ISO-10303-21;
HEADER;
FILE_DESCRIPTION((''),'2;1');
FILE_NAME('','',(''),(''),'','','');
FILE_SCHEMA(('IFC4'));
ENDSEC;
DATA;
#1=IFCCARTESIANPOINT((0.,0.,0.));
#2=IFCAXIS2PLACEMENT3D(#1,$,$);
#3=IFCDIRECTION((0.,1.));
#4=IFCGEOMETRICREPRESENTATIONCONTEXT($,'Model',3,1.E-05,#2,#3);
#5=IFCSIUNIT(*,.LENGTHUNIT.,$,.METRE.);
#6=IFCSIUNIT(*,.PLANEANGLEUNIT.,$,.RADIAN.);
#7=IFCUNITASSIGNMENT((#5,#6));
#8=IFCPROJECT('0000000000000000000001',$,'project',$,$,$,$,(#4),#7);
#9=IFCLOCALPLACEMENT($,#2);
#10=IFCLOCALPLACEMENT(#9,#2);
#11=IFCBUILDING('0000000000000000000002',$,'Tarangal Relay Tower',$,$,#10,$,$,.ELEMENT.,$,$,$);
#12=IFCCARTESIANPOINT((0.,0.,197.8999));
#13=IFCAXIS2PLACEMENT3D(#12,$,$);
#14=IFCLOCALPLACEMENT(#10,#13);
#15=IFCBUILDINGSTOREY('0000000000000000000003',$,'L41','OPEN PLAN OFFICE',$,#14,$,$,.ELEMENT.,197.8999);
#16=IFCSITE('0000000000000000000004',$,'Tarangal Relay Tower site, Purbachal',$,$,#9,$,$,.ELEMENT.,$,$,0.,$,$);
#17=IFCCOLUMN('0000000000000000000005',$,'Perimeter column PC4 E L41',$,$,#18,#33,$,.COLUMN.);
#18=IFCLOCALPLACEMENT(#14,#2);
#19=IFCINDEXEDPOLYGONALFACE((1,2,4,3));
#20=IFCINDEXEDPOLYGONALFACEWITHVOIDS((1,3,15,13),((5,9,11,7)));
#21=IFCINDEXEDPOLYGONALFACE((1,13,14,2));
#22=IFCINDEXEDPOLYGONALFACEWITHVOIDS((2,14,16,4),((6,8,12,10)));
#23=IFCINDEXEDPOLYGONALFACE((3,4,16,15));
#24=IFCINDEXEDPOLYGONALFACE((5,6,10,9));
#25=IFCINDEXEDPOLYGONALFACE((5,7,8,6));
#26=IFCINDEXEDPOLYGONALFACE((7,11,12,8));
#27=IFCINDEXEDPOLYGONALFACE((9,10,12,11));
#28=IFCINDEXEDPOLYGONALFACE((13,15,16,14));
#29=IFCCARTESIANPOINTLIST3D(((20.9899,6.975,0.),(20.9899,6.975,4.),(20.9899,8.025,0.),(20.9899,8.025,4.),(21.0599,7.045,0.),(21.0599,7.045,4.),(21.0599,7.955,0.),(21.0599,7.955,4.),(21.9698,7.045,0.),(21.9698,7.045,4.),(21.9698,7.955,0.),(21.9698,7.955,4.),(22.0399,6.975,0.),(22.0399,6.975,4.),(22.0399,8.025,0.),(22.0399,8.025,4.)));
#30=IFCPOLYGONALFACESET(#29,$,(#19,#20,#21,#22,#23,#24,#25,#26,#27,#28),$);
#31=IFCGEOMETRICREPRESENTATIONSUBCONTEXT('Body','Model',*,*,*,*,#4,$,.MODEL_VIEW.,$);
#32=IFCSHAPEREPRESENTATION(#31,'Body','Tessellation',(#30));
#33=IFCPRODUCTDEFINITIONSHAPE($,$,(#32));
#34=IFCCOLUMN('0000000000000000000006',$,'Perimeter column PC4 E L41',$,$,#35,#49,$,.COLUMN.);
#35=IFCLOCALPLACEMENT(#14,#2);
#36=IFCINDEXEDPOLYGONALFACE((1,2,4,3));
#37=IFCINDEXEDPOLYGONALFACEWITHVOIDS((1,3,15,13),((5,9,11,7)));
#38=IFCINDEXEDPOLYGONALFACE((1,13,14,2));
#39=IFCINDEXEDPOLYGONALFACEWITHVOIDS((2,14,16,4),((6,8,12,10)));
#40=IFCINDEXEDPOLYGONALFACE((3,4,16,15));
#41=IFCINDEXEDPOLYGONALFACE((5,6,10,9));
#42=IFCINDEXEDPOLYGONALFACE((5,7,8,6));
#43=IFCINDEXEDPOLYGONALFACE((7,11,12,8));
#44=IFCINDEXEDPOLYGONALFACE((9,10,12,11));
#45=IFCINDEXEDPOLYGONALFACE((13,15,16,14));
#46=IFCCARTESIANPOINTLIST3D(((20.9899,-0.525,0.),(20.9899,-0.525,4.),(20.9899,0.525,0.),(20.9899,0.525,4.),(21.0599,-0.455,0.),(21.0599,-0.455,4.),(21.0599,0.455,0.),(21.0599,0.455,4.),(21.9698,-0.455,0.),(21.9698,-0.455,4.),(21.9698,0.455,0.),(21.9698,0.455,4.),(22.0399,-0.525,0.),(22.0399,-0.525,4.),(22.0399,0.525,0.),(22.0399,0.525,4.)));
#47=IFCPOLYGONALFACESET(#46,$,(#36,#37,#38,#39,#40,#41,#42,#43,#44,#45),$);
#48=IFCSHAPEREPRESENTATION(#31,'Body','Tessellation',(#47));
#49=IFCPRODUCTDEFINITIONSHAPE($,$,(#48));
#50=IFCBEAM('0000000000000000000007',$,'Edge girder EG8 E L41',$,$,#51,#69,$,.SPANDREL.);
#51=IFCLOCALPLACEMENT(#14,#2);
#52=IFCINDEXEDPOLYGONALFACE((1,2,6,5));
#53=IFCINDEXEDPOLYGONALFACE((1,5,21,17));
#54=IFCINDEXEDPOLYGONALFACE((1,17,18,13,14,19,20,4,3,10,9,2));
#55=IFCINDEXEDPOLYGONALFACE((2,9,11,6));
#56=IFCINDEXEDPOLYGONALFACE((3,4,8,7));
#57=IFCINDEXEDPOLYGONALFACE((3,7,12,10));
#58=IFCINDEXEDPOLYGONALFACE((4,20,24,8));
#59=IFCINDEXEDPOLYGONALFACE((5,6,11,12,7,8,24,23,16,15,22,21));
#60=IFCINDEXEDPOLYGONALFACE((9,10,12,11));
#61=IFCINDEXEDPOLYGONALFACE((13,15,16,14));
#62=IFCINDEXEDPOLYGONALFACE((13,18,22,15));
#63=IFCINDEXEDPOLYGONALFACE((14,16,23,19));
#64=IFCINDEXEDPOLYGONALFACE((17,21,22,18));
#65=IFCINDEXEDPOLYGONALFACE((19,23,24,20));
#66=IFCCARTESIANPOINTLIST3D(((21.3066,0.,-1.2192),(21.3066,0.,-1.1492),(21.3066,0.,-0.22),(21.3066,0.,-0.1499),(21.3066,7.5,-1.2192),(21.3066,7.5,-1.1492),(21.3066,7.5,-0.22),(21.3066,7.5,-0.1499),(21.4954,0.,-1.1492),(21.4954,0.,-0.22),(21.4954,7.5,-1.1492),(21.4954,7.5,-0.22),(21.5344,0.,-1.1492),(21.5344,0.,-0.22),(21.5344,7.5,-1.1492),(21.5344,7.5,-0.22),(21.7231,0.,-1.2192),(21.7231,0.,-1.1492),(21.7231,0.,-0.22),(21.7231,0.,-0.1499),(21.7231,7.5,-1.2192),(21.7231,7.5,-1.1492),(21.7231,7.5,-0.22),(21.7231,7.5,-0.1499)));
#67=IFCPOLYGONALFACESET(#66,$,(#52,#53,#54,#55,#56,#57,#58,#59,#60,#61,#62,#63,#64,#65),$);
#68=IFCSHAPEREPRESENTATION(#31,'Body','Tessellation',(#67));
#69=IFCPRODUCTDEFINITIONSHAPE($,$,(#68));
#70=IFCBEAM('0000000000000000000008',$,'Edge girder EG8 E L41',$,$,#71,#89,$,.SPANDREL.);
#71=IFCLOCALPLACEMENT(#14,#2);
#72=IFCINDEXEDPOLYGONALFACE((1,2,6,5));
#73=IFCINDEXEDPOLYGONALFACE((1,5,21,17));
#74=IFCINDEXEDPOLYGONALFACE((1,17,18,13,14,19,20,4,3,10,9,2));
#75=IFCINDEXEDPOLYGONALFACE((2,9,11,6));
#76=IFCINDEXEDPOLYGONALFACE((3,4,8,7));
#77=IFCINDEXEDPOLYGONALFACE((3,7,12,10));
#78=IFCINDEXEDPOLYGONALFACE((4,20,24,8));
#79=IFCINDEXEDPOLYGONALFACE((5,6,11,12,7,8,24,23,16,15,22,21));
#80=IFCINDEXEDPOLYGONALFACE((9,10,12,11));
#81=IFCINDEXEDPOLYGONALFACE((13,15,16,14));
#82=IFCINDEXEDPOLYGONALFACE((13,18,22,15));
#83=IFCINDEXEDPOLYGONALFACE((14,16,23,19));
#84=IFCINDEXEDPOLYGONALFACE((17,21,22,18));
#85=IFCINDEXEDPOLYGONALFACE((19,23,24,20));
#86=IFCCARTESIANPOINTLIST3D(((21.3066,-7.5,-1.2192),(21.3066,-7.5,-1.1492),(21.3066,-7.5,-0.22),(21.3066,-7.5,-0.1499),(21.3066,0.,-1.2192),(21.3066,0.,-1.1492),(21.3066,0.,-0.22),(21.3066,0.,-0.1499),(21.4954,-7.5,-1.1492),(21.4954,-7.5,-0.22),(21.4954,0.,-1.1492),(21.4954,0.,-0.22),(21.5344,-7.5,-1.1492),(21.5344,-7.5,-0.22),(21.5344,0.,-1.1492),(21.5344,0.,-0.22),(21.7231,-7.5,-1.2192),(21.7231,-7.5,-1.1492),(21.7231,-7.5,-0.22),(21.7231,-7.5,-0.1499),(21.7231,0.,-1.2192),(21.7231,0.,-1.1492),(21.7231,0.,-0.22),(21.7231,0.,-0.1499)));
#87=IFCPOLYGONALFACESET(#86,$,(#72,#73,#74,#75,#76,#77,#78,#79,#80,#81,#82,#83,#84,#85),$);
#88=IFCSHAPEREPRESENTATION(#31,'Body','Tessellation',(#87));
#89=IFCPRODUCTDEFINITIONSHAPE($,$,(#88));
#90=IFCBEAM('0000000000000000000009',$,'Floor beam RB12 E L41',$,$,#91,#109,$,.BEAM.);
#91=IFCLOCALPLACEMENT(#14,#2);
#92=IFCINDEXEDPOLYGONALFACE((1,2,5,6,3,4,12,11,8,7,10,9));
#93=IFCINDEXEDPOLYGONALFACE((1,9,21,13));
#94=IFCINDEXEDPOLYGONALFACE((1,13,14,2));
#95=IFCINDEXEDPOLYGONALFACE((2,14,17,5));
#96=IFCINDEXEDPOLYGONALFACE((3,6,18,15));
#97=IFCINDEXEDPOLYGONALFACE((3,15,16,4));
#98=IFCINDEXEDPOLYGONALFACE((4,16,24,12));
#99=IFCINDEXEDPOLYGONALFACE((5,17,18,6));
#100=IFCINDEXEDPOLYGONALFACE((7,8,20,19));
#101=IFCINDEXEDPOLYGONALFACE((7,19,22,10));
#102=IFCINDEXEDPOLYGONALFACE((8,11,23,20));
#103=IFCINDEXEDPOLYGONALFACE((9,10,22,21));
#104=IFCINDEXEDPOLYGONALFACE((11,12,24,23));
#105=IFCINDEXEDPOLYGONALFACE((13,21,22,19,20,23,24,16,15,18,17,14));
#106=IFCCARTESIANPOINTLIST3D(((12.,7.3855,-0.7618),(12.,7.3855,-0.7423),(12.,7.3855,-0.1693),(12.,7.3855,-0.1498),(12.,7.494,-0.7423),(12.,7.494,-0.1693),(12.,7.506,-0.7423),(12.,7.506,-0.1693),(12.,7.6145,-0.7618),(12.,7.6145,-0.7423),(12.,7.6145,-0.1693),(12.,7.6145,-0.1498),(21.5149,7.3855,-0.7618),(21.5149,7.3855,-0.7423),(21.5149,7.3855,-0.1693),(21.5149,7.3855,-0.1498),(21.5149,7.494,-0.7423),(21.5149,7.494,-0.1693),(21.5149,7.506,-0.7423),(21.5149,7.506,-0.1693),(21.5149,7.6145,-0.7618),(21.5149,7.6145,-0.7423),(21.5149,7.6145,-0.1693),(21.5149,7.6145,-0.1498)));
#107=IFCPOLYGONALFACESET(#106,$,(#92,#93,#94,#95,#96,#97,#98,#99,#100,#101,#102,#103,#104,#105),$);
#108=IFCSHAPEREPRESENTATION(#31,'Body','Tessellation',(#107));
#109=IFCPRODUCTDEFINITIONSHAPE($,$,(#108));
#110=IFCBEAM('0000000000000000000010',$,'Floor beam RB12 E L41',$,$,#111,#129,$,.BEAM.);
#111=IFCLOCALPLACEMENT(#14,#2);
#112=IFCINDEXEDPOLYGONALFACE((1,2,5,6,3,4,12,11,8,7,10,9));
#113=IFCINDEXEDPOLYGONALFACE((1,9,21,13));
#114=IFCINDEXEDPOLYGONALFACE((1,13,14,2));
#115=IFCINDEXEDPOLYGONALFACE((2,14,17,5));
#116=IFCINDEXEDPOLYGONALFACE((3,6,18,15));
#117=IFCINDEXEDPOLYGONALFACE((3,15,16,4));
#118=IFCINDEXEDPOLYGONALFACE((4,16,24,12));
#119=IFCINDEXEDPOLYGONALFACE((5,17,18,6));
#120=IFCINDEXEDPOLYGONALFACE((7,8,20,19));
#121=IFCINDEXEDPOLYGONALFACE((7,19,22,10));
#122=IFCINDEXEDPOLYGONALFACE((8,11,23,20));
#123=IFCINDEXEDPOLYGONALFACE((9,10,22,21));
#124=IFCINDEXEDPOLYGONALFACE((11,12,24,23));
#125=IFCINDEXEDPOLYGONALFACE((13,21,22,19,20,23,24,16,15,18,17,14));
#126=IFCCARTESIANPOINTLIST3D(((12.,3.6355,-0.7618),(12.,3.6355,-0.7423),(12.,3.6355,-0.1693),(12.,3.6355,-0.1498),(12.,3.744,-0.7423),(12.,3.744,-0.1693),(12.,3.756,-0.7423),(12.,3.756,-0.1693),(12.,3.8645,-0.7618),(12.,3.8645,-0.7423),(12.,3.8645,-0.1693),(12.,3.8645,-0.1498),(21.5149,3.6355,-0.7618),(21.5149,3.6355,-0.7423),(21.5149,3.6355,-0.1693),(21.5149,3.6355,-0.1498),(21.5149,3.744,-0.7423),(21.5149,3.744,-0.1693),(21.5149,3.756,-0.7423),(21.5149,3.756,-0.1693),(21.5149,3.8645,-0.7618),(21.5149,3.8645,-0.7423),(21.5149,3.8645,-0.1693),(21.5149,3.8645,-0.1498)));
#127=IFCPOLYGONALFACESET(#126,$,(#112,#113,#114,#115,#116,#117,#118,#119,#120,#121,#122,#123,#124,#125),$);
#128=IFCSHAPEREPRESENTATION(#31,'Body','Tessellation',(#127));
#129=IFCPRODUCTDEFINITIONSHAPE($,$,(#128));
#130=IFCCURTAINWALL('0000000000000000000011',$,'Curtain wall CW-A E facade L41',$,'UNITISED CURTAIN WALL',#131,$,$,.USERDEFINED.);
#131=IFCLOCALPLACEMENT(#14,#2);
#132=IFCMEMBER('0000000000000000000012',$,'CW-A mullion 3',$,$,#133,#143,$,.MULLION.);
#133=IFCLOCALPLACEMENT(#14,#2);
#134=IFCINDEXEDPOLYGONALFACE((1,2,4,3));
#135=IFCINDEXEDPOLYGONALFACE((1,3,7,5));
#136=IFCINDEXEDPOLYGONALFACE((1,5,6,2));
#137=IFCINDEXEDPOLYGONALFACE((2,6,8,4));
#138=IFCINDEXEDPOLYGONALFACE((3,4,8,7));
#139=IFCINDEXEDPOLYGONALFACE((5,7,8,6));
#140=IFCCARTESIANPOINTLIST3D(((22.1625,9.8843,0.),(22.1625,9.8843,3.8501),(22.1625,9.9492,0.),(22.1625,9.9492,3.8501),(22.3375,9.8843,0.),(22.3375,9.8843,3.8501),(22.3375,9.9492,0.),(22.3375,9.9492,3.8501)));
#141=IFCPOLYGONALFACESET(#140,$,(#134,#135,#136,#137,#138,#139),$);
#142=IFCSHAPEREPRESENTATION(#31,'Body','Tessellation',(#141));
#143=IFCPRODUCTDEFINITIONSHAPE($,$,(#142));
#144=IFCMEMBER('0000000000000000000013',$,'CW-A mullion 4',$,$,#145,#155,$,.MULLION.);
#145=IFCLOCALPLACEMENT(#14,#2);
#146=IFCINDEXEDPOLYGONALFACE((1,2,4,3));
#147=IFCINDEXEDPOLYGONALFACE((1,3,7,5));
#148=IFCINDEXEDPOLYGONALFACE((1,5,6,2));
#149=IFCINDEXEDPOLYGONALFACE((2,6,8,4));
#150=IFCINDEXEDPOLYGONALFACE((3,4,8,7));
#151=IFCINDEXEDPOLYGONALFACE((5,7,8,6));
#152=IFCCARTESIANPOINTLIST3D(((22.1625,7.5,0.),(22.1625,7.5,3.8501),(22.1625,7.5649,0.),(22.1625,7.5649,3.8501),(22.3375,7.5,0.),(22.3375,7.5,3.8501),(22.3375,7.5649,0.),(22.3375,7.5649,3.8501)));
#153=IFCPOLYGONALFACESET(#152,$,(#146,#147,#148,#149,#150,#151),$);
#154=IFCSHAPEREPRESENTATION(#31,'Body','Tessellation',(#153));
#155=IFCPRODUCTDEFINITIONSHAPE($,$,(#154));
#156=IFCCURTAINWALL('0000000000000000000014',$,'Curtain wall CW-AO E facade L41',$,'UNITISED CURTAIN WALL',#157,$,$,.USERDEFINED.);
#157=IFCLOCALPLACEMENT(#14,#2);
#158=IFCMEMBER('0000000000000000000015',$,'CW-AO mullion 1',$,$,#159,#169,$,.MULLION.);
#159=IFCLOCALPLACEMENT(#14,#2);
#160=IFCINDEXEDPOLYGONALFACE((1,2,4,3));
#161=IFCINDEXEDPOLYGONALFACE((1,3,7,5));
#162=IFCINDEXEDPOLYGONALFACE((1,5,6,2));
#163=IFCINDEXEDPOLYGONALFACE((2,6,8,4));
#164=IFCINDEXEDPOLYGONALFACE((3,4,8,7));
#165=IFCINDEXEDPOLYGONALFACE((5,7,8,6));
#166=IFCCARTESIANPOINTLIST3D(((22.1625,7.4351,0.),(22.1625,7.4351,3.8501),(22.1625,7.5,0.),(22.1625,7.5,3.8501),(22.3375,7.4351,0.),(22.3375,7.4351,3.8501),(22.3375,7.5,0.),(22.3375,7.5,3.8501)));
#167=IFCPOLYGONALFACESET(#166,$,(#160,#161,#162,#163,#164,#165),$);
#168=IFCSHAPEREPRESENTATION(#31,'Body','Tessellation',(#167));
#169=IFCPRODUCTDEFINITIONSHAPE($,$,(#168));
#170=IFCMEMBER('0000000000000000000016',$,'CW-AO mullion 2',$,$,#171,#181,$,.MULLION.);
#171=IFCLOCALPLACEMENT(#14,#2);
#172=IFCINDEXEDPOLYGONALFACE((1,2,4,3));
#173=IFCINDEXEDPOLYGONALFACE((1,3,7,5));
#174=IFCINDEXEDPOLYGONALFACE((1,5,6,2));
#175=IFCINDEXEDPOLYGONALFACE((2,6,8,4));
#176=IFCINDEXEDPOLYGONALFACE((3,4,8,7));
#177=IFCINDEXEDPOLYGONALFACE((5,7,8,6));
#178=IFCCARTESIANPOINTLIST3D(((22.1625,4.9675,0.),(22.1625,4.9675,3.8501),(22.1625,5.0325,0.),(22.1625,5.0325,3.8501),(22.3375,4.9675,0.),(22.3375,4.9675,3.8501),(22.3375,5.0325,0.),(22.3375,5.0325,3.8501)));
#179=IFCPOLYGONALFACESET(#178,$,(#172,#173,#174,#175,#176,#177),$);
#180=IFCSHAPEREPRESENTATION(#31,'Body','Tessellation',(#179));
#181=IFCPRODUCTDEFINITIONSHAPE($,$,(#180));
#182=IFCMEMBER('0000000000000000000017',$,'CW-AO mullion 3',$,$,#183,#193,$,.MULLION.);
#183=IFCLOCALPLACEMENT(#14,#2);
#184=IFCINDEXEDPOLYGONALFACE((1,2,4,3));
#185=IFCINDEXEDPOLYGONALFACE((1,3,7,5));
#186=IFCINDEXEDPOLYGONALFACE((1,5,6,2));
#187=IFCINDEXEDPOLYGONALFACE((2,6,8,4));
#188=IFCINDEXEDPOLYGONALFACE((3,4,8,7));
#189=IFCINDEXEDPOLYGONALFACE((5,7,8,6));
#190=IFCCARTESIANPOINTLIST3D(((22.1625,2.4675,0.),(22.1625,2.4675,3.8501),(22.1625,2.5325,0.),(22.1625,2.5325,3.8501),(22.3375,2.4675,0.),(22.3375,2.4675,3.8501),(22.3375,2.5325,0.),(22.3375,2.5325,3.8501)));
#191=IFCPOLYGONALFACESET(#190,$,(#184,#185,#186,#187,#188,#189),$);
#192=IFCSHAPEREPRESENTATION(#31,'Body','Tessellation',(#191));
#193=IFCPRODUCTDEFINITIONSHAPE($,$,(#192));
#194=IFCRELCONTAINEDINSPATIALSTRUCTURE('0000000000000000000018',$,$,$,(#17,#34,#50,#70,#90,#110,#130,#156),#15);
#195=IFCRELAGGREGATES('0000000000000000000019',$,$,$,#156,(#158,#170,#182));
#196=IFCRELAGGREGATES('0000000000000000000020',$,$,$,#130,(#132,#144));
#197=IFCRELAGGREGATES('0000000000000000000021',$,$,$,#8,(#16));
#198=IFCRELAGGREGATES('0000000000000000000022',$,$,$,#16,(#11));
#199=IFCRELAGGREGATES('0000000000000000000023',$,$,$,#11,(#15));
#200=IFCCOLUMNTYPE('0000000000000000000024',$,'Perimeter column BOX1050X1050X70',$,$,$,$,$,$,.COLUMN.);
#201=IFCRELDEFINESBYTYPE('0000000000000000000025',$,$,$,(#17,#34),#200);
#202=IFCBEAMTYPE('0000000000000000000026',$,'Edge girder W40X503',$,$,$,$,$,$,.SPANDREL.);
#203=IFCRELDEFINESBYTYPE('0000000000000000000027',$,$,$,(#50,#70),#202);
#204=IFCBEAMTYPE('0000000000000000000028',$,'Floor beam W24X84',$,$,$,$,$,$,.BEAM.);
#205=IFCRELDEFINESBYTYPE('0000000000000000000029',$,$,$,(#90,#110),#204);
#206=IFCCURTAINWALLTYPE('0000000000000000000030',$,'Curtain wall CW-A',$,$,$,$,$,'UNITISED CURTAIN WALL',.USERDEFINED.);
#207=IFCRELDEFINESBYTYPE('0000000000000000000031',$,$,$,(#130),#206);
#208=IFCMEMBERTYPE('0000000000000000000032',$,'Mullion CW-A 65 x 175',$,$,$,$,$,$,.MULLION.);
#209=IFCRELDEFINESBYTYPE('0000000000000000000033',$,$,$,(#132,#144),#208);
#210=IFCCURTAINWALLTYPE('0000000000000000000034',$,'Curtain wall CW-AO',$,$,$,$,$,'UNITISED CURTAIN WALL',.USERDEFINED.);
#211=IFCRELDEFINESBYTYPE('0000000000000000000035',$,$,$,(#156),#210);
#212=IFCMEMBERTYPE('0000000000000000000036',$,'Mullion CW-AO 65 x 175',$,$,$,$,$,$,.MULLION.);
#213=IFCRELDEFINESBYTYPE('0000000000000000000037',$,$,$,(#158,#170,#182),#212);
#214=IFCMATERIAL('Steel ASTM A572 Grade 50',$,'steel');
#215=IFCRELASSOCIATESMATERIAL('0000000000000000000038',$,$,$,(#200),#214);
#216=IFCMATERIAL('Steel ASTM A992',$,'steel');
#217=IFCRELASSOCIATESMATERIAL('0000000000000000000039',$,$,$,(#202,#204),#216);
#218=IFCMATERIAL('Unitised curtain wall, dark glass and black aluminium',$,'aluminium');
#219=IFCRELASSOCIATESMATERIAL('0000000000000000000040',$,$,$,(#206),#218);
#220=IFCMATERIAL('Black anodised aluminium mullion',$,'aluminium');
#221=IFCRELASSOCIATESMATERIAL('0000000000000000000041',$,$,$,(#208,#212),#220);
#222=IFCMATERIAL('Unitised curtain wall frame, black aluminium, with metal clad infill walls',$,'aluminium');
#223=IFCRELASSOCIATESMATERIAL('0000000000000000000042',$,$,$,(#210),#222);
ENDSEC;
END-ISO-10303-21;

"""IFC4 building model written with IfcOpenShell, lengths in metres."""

from ifc_helpers import new_model, si_unit, direction, frame, origin, origin_2d, place, context, subcontext, project, spatial, rectangle, hollow_rectangle, i_section, extrude, material, material_profile, profile_set, type_object, element, aggregate, save


model = new_model("IFC4")

# Units and contexts
model_context = context("Model", 3, precision=1e-05, world=origin(), true_north=direction((0.0, 1.0)))
body_context = subcontext(model_context, "Body", "Model", "MODEL_VIEW")
ifc_project = project(units=[si_unit("LENGTHUNIT", "METRE"), si_unit("PLANEANGLEUNIT", "RADIAN")], contexts=[model_context])

# Site, building, storey
site_placement = place(None, origin())
site = spatial("IfcSite", under=ifc_project, at=site_placement, Name="Tarangal Relay Tower site, Purbachal", CompositionType="ELEMENT", RefElevation=0.0)
building_placement = place(site_placement, origin())
building = spatial("IfcBuilding", under=site, at=building_placement, Name="Tarangal Relay Tower", CompositionType="ELEMENT")
storey_placement = place(building_placement, frame((0.0, 0.0, 197.8999)))
storey = spatial("IfcBuildingStorey", under=building, at=storey_placement, Name="L41", Description="OPEN PLAN OFFICE", CompositionType="ELEMENT", Elevation=197.8999)

# Columns
ifc_material_1 = material(Name="Steel ASTM A572 Grade 50", Category="steel")
ifc_material_profile_1 = material_profile(ifc_material_1, hollow_rectangle(XDim=1.05, YDim=1.05, WallThickness=0.0701, at=origin_2d()), Name="BOX1050X1050X70")
ifc_profile_set_1 = profile_set([ifc_material_profile_1], Name="Steel ASTM A572 Grade 50")
column_type = type_object("IfcColumnType", Name="Perimeter column BOX1050X1050X70", PredefinedType="COLUMN", material=ifc_profile_set_1)
for number, where, z_axis, x_axis, name in (
    (1, (21.5149, 7.5, 0.0), (0.0, 0.0, 1.0), (1.0, 0.0, 0.0), "Perimeter column PC4 E L41"),
    (2, (21.5149, 0.0, 0.0), (0.0, 0.0, 1.0), (1.0, 0.0, 0.0), "Perimeter column PC4 E L41"),
):
    element("IfcColumn", number, at=place(storey_placement, frame(where, z_axis=z_axis, x_axis=x_axis)), inside=storey, type_object=column_type, Name=name, PredefinedType="COLUMN", context=body_context, shape_type="SweptSolid", body=[
        extrude(hollow_rectangle(XDim=1.05, YDim=1.05, WallThickness=0.0701, at=origin_2d()), origin(), (0.0, 0.0, 1.0), 4.0),
    ])

# Beams
ifc_material_2 = material(Name="Steel ASTM A992", Category="steel")
ifc_material_profile_2 = material_profile(ifc_material_2, i_section(OverallWidth=0.4165, OverallDepth=1.0693, WebThickness=0.0391, FlangeThickness=0.0701, at=origin_2d()), Name="W40X503")
ifc_profile_set_2 = profile_set([ifc_material_profile_2], Name="Steel ASTM A992")
beam_type_1 = type_object("IfcBeamType", Name="Edge girder W40X503", PredefinedType="SPANDREL", material=ifc_profile_set_2)
for number, where, z_axis, x_axis, name in (
    (3, (21.5149, 7.5, -0.6846), (0.0, -1.0, 0.0), (1.0, 0.0, 0.0), "Edge girder EG8 E L41"),
    (4, (21.5149, 0.0, -0.6846), (0.0, -1.0, 0.0), (1.0, 0.0, 0.0), "Edge girder EG8 E L41"),
):
    element("IfcBeam", number, at=place(storey_placement, frame(where, z_axis=z_axis, x_axis=x_axis)), inside=storey, type_object=beam_type_1, Name=name, PredefinedType="SPANDREL", context=body_context, shape_type="SweptSolid", body=[
        extrude(i_section(OverallWidth=0.4165, OverallDepth=1.0693, WebThickness=0.0391, FlangeThickness=0.0701, at=origin_2d()), origin(), (0.0, 0.0, 1.0), 7.5),
    ])
ifc_material_profile_3 = material_profile(ifc_material_2, i_section(OverallWidth=0.229, OverallDepth=0.6121, WebThickness=0.012, FlangeThickness=0.0195, at=origin_2d()), Name="W24X84")
ifc_profile_set_3 = profile_set([ifc_material_profile_3], Name="Steel ASTM A992")
beam_type_2 = type_object("IfcBeamType", Name="Floor beam W24X84", PredefinedType="BEAM", material=ifc_profile_set_3)
for number, where, z_axis, x_axis, name in (
    (5, (12.0, 7.5, -0.4558), (1.0, 0.0, 0.0), (0.0, 1.0, 0.0), "Floor beam RB12 E L41"),
    (6, (12.0, 3.75, -0.4558), (1.0, 0.0, 0.0), (0.0, 1.0, 0.0), "Floor beam RB12 E L41"),
):
    element("IfcBeam", number, at=place(storey_placement, frame(where, z_axis=z_axis, x_axis=x_axis)), inside=storey, type_object=beam_type_2, Name=name, PredefinedType="BEAM", context=body_context, shape_type="SweptSolid", body=[
        extrude(i_section(OverallWidth=0.229, OverallDepth=0.6121, WebThickness=0.012, FlangeThickness=0.0195, at=origin_2d()), origin(), (0.0, 0.0, 1.0), 9.5149),
    ])

# Curtain walls, members
ifc_material_3 = material(Name="Unitised curtain wall, dark glass and black aluminium", Category="aluminium")
curtain_wall_type_1 = type_object("IfcCurtainWallType", Name="Curtain wall CW-A", ElementType="UNITISED CURTAIN WALL", PredefinedType="USERDEFINED", material=ifc_material_3)
curtain_wall_1_placement = place(storey_placement, origin())
curtain_wall_1 = element("IfcCurtainWall", 7, at=curtain_wall_1_placement, inside=storey, type_object=curtain_wall_type_1, Name="Curtain wall CW-A E facade L41", ObjectType="UNITISED CURTAIN WALL", PredefinedType="USERDEFINED")
ifc_material_4 = material(Name="Black anodised aluminium mullion", Category="aluminium")
ifc_material_profile_4 = material_profile(ifc_material_4, rectangle(XDim=0.175, YDim=0.0649, at=origin_2d()), Name="CW-AM 65X175")
ifc_profile_set_4 = profile_set([ifc_material_profile_4], Name="Black anodised aluminium mullion")
member_type_1 = type_object("IfcMemberType", Name="Mullion CW-A 65 x 175", PredefinedType="MULLION", material=ifc_profile_set_4)
member_1_placement = place(storey_placement, frame((22.25, 9.9167, 0.0), z_axis=(0.0, 0.0, 1.0), x_axis=(1.0, 0.0, 0.0)))
member_1 = element("IfcMember", 8, at=member_1_placement, type_object=member_type_1, Name="CW-A mullion 3", PredefinedType="MULLION", context=body_context, shape_type="SweptSolid", body=[
    extrude(rectangle(XDim=0.175, YDim=0.0649, at=origin_2d()), origin(), (0.0, 0.0, 1.0), 3.8501),
])
member_2_placement = place(storey_placement, frame((22.25, 7.5325, 0.0), z_axis=(0.0, 0.0, 1.0), x_axis=(1.0, 0.0, 0.0)))
member_2 = element("IfcMember", 9, at=member_2_placement, type_object=member_type_1, Name="CW-A mullion 4", PredefinedType="MULLION", context=body_context, shape_type="SweptSolid", body=[
    extrude(rectangle(XDim=0.175, YDim=0.0649, at=origin_2d()), origin(), (0.0, 0.0, 1.0), 3.8501),
])
ifc_material_5 = material(Name="Unitised curtain wall frame, black aluminium, with metal clad infill walls", Category="aluminium")
curtain_wall_type_2 = type_object("IfcCurtainWallType", Name="Curtain wall CW-AO", ElementType="UNITISED CURTAIN WALL", PredefinedType="USERDEFINED", material=ifc_material_5)
curtain_wall_2_placement = place(storey_placement, origin())
curtain_wall_2 = element("IfcCurtainWall", 10, at=curtain_wall_2_placement, inside=storey, type_object=curtain_wall_type_2, Name="Curtain wall CW-AO E facade L41", ObjectType="UNITISED CURTAIN WALL", PredefinedType="USERDEFINED")
ifc_material_profile_5 = material_profile(ifc_material_4, rectangle(XDim=0.175, YDim=0.0649, at=origin_2d()), Name="CW-AOM 65X175")
ifc_profile_set_5 = profile_set([ifc_material_profile_5], Name="Black anodised aluminium mullion")
member_type_2 = type_object("IfcMemberType", Name="Mullion CW-AO 65 x 175", PredefinedType="MULLION", material=ifc_profile_set_5)
member_3_placement = place(storey_placement, frame((22.25, 7.4675, 0.0), z_axis=(0.0, 0.0, 1.0), x_axis=(1.0, 0.0, 0.0)))
member_3 = element("IfcMember", 11, at=member_3_placement, type_object=member_type_2, Name="CW-AO mullion 1", PredefinedType="MULLION", context=body_context, shape_type="SweptSolid", body=[
    extrude(rectangle(XDim=0.175, YDim=0.0649, at=origin_2d()), origin(), (0.0, 0.0, 1.0), 3.8501),
])
member_4_placement = place(storey_placement, frame((22.25, 5.0, 0.0), z_axis=(0.0, 0.0, 1.0), x_axis=(1.0, 0.0, 0.0)))
member_4 = element("IfcMember", 12, at=member_4_placement, type_object=member_type_2, Name="CW-AO mullion 2", PredefinedType="MULLION", context=body_context, shape_type="SweptSolid", body=[
    extrude(rectangle(XDim=0.175, YDim=0.0649, at=origin_2d()), origin(), (0.0, 0.0, 1.0), 3.8501),
])
member_5_placement = place(storey_placement, frame((22.25, 2.5, 0.0), z_axis=(0.0, 0.0, 1.0), x_axis=(1.0, 0.0, 0.0)))
member_5 = element("IfcMember", 13, at=member_5_placement, type_object=member_type_2, Name="CW-AO mullion 3", PredefinedType="MULLION", context=body_context, shape_type="SweptSolid", body=[
    extrude(rectangle(XDim=0.175, YDim=0.0649, at=origin_2d()), origin(), (0.0, 0.0, 1.0), 3.8501),
])

aggregate(curtain_wall_2, [member_3, member_4, member_5])

aggregate(curtain_wall_1, [member_1, member_2])

save(model, "model.ifc")
